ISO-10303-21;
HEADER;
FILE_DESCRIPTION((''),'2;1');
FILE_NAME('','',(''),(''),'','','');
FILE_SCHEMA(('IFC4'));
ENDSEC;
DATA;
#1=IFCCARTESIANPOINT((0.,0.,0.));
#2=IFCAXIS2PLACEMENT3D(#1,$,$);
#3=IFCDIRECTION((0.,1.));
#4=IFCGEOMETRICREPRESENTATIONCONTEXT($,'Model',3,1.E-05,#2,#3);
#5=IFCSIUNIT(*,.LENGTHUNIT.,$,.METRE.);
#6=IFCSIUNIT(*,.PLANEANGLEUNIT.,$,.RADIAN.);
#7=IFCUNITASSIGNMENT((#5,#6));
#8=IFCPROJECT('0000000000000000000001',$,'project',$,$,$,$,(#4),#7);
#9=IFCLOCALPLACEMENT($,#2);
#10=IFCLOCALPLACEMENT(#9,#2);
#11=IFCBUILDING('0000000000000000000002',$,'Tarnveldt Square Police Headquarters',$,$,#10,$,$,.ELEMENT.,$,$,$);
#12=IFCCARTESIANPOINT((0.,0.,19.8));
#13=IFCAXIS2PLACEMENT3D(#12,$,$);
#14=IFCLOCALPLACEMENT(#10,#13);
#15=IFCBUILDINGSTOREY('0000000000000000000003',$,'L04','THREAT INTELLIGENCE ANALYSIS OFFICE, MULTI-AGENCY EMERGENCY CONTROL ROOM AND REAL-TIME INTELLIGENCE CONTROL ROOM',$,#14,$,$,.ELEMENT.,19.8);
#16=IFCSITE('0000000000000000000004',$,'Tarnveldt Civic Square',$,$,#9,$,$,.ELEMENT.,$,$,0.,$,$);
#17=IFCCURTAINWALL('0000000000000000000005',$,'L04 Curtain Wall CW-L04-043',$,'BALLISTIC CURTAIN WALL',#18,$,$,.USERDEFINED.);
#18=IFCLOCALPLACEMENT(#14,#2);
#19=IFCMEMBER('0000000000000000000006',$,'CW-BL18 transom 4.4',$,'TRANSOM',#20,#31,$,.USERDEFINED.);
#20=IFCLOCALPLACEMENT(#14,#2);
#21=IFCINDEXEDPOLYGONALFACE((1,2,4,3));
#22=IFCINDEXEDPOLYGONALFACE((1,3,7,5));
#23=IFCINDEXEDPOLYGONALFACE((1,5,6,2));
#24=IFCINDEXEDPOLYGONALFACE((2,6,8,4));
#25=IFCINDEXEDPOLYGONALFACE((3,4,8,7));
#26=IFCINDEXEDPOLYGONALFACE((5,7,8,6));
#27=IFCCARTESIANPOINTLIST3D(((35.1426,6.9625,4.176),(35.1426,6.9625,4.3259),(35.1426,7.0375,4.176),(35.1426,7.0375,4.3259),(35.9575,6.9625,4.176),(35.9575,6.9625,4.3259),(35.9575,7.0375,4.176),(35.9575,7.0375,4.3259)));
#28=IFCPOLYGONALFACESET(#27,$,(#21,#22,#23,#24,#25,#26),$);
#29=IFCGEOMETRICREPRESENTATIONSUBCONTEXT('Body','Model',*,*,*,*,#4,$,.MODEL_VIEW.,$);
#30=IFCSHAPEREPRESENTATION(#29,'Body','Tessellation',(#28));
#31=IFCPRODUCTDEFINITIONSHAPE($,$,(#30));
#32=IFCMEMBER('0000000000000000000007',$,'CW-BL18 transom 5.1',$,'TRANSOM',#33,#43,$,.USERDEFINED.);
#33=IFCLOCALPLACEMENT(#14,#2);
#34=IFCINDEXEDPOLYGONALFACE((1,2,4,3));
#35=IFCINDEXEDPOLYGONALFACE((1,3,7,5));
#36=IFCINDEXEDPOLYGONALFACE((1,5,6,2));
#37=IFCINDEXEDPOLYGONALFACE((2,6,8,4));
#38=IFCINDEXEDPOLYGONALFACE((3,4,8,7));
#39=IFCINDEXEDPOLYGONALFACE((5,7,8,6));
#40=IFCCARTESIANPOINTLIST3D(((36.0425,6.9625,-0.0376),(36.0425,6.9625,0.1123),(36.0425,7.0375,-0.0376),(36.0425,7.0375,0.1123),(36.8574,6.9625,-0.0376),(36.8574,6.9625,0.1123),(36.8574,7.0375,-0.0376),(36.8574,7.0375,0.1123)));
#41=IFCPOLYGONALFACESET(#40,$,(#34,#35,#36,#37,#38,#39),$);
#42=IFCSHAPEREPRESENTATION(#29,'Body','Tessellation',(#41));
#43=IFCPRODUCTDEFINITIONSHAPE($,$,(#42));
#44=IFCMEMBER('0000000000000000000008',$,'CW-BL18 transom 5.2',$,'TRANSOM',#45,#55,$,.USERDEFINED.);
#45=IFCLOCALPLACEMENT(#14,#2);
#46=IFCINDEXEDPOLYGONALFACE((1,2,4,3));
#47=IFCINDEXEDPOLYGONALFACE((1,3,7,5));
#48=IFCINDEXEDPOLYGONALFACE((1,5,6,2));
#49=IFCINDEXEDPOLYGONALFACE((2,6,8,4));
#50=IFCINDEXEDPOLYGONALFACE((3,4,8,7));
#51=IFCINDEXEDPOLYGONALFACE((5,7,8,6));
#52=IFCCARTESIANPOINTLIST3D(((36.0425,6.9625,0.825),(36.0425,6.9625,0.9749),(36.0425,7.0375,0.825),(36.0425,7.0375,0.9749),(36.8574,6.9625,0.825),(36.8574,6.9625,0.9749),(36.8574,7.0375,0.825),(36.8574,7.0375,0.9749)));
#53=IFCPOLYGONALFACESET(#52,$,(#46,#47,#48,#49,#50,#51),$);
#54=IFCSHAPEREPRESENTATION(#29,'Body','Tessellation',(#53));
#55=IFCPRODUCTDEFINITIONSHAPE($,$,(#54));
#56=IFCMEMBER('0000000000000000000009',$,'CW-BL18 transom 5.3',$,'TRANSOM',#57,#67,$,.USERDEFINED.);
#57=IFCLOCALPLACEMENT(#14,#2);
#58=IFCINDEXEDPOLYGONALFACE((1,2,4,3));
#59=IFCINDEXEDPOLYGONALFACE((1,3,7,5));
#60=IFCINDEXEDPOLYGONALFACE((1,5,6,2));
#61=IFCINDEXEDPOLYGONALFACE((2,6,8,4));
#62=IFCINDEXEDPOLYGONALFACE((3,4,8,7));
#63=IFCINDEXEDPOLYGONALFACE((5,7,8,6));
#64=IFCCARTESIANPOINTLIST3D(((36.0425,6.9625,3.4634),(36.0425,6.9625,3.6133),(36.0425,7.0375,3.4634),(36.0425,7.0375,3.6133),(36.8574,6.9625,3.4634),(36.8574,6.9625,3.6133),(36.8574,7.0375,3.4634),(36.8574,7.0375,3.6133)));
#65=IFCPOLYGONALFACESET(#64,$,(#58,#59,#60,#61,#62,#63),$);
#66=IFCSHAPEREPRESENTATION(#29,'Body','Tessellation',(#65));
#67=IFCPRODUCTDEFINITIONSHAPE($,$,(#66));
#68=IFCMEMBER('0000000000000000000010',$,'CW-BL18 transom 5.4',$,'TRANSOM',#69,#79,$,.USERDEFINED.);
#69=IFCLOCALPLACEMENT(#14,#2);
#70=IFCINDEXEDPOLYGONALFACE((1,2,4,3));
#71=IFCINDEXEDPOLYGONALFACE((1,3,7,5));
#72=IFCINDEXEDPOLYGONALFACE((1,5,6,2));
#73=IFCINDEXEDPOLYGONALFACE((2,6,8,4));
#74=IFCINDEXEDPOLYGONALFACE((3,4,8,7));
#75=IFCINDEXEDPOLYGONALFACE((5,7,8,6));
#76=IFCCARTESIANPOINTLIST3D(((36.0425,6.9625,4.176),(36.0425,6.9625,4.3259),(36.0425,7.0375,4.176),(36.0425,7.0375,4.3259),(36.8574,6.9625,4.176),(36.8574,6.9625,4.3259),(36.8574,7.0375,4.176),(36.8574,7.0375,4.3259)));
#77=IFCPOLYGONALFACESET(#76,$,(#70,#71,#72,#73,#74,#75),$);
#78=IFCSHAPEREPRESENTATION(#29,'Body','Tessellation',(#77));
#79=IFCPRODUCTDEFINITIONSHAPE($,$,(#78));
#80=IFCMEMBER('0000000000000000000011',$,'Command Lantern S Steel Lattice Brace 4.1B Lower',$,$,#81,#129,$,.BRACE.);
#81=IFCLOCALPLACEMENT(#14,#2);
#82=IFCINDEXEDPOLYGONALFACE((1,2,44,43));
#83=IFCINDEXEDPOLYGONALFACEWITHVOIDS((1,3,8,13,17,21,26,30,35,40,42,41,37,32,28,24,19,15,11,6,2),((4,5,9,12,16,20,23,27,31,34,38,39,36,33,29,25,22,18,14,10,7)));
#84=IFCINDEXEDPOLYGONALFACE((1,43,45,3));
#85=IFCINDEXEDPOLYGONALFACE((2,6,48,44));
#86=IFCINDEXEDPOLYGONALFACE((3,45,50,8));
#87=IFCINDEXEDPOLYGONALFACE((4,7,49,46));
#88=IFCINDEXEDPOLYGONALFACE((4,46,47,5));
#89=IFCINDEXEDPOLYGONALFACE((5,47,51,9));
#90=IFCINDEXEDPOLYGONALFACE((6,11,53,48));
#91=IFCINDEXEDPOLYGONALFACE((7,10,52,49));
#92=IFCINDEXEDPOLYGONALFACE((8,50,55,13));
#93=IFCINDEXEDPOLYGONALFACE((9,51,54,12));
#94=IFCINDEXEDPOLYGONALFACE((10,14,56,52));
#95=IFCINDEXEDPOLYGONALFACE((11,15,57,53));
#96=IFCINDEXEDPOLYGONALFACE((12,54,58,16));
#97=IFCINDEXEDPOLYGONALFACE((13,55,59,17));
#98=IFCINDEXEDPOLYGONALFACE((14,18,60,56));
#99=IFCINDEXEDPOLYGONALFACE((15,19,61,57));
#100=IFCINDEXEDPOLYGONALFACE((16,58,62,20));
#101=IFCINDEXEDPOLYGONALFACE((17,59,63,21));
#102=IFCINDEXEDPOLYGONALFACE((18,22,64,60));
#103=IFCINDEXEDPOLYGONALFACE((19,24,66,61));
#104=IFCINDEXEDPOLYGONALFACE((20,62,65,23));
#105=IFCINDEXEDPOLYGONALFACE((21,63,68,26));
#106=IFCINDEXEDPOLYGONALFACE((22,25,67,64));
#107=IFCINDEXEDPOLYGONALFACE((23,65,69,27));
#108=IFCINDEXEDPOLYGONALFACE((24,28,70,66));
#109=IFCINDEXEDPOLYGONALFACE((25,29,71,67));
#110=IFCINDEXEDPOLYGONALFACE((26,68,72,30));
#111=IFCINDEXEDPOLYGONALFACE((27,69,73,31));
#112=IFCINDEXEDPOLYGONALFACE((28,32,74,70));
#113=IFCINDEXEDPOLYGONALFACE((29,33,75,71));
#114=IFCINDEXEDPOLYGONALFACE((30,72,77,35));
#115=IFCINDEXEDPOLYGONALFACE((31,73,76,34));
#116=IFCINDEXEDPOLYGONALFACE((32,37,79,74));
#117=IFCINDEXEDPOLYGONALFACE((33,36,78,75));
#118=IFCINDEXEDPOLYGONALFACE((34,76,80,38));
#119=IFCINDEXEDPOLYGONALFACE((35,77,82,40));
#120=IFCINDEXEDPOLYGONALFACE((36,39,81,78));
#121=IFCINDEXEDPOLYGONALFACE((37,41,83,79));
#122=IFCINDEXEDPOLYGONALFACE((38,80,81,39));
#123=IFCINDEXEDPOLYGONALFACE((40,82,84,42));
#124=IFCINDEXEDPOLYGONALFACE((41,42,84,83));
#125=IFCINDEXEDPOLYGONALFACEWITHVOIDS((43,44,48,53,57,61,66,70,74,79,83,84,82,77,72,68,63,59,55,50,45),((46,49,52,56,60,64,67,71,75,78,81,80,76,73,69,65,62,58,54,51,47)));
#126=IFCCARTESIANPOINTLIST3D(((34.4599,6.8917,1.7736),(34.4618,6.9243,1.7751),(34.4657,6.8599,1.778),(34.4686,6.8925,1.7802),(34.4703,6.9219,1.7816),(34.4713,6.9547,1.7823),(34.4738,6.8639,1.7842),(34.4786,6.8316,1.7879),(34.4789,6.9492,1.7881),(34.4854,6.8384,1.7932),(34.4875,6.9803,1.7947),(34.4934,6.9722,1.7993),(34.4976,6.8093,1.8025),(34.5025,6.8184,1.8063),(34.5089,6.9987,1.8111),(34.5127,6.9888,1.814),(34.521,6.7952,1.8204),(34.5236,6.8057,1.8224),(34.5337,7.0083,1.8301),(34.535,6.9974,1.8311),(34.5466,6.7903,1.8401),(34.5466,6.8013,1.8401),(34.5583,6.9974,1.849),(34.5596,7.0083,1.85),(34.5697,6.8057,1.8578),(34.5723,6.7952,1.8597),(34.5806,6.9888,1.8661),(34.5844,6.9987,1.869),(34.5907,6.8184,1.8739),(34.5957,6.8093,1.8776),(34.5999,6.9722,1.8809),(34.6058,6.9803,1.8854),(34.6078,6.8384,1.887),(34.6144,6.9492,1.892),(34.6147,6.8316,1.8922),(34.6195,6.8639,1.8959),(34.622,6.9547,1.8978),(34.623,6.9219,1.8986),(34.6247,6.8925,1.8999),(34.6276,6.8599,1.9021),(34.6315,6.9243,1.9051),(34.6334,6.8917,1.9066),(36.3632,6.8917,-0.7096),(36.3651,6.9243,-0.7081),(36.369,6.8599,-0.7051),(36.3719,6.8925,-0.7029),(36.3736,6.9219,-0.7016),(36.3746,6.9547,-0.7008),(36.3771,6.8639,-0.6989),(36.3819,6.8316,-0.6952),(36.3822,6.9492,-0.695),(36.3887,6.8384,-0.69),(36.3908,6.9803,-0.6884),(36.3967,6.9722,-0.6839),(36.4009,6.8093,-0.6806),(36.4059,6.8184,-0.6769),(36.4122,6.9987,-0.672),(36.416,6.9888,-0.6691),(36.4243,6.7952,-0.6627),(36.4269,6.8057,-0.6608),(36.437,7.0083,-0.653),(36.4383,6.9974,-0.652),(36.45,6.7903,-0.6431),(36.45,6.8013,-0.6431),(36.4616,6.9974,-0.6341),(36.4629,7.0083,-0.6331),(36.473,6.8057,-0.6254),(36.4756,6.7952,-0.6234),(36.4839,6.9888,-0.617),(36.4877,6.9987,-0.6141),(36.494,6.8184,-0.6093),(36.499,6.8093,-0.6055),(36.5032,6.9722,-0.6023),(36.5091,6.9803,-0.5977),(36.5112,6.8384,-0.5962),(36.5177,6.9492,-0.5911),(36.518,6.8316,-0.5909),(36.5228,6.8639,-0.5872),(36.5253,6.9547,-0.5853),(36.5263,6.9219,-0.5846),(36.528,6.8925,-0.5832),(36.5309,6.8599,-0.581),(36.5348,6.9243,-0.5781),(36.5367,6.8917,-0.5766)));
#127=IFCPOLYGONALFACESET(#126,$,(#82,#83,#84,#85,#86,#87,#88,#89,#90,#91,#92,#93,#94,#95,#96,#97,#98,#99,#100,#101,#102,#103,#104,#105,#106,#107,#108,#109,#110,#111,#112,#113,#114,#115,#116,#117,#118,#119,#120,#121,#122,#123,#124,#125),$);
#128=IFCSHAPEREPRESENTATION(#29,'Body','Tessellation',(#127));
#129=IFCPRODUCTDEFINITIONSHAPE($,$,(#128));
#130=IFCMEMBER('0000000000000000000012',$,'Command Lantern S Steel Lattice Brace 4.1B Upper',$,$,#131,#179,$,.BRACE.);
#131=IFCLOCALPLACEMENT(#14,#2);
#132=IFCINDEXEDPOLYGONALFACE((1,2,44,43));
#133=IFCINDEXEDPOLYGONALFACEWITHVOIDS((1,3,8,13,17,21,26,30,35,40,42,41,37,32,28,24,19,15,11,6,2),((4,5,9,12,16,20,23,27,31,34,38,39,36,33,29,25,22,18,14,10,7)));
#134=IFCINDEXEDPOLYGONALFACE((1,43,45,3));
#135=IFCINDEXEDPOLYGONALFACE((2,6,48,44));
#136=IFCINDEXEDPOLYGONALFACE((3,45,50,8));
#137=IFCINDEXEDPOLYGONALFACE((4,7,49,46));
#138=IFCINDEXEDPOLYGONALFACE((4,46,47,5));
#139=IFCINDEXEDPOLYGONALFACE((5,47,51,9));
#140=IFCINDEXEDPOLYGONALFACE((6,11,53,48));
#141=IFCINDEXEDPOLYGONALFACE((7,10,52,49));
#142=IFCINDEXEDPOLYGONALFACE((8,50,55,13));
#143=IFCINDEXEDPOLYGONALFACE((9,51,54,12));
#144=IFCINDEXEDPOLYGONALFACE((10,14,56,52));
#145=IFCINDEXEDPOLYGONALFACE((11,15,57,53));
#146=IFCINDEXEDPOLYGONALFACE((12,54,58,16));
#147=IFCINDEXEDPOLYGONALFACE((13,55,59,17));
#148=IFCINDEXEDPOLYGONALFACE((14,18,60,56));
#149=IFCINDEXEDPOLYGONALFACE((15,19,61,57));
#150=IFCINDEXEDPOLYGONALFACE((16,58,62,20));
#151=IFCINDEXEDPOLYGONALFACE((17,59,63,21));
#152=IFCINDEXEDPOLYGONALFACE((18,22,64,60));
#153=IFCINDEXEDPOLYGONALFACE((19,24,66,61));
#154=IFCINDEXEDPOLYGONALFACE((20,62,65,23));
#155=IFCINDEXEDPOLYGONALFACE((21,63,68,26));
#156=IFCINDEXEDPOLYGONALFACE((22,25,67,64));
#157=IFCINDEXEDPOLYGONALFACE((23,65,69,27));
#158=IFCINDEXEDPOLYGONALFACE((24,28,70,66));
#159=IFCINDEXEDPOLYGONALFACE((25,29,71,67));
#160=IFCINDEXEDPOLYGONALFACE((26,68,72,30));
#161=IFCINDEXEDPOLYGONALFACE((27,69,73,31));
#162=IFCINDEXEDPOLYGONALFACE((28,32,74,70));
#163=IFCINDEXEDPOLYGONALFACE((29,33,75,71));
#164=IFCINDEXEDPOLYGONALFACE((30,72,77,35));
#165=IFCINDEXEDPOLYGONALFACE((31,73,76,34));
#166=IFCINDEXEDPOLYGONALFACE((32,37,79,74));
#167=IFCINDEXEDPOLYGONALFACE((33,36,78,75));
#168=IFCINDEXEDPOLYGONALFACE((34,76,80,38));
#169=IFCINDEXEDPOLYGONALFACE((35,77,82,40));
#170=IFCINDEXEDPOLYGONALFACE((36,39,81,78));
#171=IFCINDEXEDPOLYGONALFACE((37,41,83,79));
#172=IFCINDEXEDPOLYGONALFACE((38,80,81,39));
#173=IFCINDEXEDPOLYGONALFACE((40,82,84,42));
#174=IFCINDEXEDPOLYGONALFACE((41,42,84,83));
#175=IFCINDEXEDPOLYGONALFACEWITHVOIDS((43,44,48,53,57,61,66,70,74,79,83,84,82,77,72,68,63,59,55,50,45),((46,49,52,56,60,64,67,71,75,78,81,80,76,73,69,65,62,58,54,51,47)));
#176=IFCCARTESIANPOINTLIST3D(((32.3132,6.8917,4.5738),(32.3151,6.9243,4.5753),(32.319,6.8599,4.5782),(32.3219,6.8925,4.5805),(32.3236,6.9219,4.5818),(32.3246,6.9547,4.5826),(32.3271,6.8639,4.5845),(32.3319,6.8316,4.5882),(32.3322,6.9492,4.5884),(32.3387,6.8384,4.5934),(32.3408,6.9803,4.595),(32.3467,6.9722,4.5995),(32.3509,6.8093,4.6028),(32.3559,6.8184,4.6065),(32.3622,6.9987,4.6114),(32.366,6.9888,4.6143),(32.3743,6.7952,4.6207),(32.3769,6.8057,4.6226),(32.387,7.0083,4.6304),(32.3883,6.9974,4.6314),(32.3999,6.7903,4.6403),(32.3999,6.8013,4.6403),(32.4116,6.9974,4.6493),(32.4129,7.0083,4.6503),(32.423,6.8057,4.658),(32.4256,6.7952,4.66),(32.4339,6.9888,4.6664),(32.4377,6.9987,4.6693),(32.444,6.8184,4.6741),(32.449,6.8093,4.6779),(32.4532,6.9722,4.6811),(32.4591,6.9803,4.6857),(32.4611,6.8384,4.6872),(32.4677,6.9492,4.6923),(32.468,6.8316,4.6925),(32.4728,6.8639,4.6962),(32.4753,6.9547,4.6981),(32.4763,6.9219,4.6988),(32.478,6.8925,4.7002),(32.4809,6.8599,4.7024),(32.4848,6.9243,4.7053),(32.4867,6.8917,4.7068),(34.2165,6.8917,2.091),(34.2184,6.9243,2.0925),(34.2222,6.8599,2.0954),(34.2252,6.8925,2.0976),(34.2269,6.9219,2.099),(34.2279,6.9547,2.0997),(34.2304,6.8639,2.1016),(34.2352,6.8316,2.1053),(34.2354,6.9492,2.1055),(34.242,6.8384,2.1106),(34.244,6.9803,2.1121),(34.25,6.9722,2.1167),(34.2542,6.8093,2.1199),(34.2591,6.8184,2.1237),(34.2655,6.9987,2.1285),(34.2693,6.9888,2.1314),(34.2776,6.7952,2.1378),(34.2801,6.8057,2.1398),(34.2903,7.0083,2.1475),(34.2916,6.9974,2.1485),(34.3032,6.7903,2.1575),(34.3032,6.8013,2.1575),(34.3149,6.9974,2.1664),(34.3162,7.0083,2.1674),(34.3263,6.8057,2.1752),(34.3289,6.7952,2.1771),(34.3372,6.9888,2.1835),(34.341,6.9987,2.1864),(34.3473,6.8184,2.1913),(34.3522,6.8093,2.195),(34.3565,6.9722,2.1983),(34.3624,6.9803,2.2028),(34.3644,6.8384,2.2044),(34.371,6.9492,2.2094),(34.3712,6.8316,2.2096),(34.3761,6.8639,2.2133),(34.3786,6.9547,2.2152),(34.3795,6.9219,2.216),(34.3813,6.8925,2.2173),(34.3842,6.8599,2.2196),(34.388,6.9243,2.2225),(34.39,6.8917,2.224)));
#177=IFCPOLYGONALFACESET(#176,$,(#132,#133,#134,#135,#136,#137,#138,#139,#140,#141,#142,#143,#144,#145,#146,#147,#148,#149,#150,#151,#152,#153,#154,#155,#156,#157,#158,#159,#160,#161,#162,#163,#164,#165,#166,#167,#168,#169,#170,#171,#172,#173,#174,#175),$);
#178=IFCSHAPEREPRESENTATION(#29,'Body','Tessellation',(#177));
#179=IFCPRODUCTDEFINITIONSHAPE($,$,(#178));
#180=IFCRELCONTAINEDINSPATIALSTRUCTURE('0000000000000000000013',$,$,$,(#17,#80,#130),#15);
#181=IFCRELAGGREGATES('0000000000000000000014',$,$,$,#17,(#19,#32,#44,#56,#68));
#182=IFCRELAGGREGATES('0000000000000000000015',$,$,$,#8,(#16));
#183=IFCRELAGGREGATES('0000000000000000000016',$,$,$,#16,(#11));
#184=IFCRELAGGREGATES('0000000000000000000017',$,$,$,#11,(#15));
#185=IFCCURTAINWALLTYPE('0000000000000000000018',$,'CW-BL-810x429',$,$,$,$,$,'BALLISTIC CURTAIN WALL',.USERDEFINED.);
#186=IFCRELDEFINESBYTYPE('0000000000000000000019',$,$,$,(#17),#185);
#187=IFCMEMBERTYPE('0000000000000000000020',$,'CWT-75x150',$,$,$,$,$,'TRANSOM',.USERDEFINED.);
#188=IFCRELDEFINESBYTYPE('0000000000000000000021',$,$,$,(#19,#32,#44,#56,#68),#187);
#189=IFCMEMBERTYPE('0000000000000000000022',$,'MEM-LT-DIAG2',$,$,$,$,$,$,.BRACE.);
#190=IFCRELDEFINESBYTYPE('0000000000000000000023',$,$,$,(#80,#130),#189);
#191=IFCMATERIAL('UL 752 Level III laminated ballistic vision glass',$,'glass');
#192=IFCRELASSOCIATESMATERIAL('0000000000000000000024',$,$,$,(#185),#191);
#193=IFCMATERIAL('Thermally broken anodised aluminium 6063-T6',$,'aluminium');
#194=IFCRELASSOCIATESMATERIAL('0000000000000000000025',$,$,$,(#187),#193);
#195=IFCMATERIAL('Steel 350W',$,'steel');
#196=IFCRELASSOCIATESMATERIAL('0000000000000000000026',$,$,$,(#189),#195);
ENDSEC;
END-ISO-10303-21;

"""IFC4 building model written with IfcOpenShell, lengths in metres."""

from ifc_helpers import new_model, si_unit, direction, frame, origin, origin_2d, place, context, subcontext, project, spatial, rectangle, hollow_circle, extrude, material, material_profile, profile_set, type_object, element, aggregate, save


model = new_model("IFC4")

# Units and contexts
model_context = context("Model", 3, precision=1e-05, world=origin(), true_north=direction((0.0, 1.0)))
body_context = subcontext(model_context, "Body", "Model", "MODEL_VIEW")
ifc_project = project(units=[si_unit("LENGTHUNIT", "METRE"), si_unit("PLANEANGLEUNIT", "RADIAN")], contexts=[model_context])

# Site, building, storey
site_placement = place(None, origin())
site = spatial("IfcSite", under=ifc_project, at=site_placement, Name="Tarnveldt Civic Square", CompositionType="ELEMENT", RefElevation=0.0)
building_placement = place(site_placement, origin())
building = spatial("IfcBuilding", under=site, at=building_placement, Name="Tarnveldt Square Police Headquarters", CompositionType="ELEMENT")
storey_placement = place(building_placement, frame((0.0, 0.0, 19.8)))
storey = spatial("IfcBuildingStorey", under=building, at=storey_placement, Name="L04", Description="THREAT INTELLIGENCE ANALYSIS OFFICE, MULTI-AGENCY EMERGENCY CONTROL ROOM AND REAL-TIME INTELLIGENCE CONTROL ROOM", CompositionType="ELEMENT", Elevation=19.8)

# Curtain wall, members
ifc_material_1 = material(Name="UL 752 Level III laminated ballistic vision glass", Category="glass")
curtain_wall_type = type_object("IfcCurtainWallType", Name="CW-BL-810x429", ElementType="BALLISTIC CURTAIN WALL", PredefinedType="USERDEFINED", material=ifc_material_1)
curtain_wall_placement = place(storey_placement, origin())
curtain_wall = element("IfcCurtainWall", 1, at=curtain_wall_placement, inside=storey, type_object=curtain_wall_type, Name="L04 Curtain Wall CW-L04-043", ObjectType="BALLISTIC CURTAIN WALL", PredefinedType="USERDEFINED")
ifc_material_2 = material(Name="Thermally broken anodised aluminium 6063-T6", Category="aluminium")
ifc_material_profile_1 = material_profile(ifc_material_2, rectangle(XDim=0.075, YDim=0.1499, at=origin_2d()), Name="CW-T75x150")
ifc_profile_set_1 = profile_set([ifc_material_profile_1], Name="Thermally broken anodised aluminium 6063-T6")
member_type_1 = type_object("IfcMemberType", Name="CWT-75x150", ElementType="TRANSOM", PredefinedType="USERDEFINED", material=ifc_profile_set_1)
member_1_placement = place(storey_placement, frame((35.1426, 7.0, 4.251), z_axis=(1.0, 0.0, 0.0), x_axis=(0.0, 1.0, 0.0)))
member_1 = element("IfcMember", 2, at=member_1_placement, type_object=member_type_1, Name="CW-BL18 transom 4.4", ObjectType="TRANSOM", PredefinedType="USERDEFINED", context=body_context, shape_type="SweptSolid", body=[
    extrude(rectangle(XDim=0.075, YDim=0.1499, at=origin_2d()), origin(), (0.0, 0.0, 1.0), 0.8149),
])
member_2_placement = place(storey_placement, frame((36.0425, 7.0, 0.0374), z_axis=(1.0, 0.0, 0.0), x_axis=(0.0, 1.0, 0.0)))
member_2 = element("IfcMember", 3, at=member_2_placement, type_object=member_type_1, Name="CW-BL18 transom 5.1", ObjectType="TRANSOM", PredefinedType="USERDEFINED", context=body_context, shape_type="SweptSolid", body=[
    extrude(rectangle(XDim=0.075, YDim=0.1499, at=origin_2d()), origin(), (0.0, 0.0, 1.0), 0.8149),
])
member_3_placement = place(storey_placement, frame((36.0425, 7.0, 0.8999), z_axis=(1.0, 0.0, 0.0), x_axis=(0.0, 1.0, 0.0)))
member_3 = element("IfcMember", 4, at=member_3_placement, type_object=member_type_1, Name="CW-BL18 transom 5.2", ObjectType="TRANSOM", PredefinedType="USERDEFINED", context=body_context, shape_type="SweptSolid", body=[
    extrude(rectangle(XDim=0.075, YDim=0.1499, at=origin_2d()), origin(), (0.0, 0.0, 1.0), 0.8149),
])
member_4_placement = place(storey_placement, frame((36.0425, 7.0, 3.5383), z_axis=(1.0, 0.0, 0.0), x_axis=(0.0, 1.0, 0.0)))
member_4 = element("IfcMember", 5, at=member_4_placement, type_object=member_type_1, Name="CW-BL18 transom 5.3", ObjectType="TRANSOM", PredefinedType="USERDEFINED", context=body_context, shape_type="SweptSolid", body=[
    extrude(rectangle(XDim=0.075, YDim=0.1499, at=origin_2d()), origin(), (0.0, 0.0, 1.0), 0.8149),
])
member_5_placement = place(storey_placement, frame((36.0425, 7.0, 4.251), z_axis=(1.0, 0.0, 0.0), x_axis=(0.0, 1.0, 0.0)))
member_5 = element("IfcMember", 6, at=member_5_placement, type_object=member_type_1, Name="CW-BL18 transom 5.4", ObjectType="TRANSOM", PredefinedType="USERDEFINED", context=body_context, shape_type="SweptSolid", body=[
    extrude(rectangle(XDim=0.075, YDim=0.1499, at=origin_2d()), origin(), (0.0, 0.0, 1.0), 0.8149),
])

# Members
ifc_material_3 = material(Name="Steel 350W", Category="steel")
ifc_material_profile_2 = material_profile(ifc_material_3, hollow_circle(Radius=0.1096, WallThickness=0.011, at=origin_2d()), Name="HSS219x11")
ifc_profile_set_2 = profile_set([ifc_material_profile_2], Name="Steel 350W")
member_type_2 = type_object("IfcMemberType", Name="MEM-LT-DIAG2", PredefinedType="BRACE", material=ifc_profile_set_2)
member_6_placement = place(storey_placement, frame((36.45, 6.8999, -0.6431), z_axis=(-0.608345, 0.0, 0.793673), x_axis=(0.0, -1.0, 0.0)))
element("IfcMember", 7, at=member_6_placement, inside=storey, type_object=member_type_2, Name="Command Lantern S Steel Lattice Brace 4.1B Lower", PredefinedType="BRACE", context=body_context, shape_type="SweptSolid", body=[
    extrude(hollow_circle(Radius=0.1096, WallThickness=0.011, at=origin_2d()), origin(), (0.0, 0.0, 1.0), 3.1287),
])
member_7_placement = place(storey_placement, frame((34.3032, 6.8999, 2.1575), z_axis=(-0.608382, 0.0, 0.793644), x_axis=(0.0, -1.0, 0.0)))
element("IfcMember", 8, at=member_7_placement, inside=storey, type_object=member_type_2, Name="Command Lantern S Steel Lattice Brace 4.1B Upper", PredefinedType="BRACE", context=body_context, shape_type="SweptSolid", body=[
    extrude(hollow_circle(Radius=0.1096, WallThickness=0.011, at=origin_2d()), origin(), (0.0, 0.0, 1.0), 3.1284),
])

aggregate(curtain_wall, [member_1, member_2, member_3, member_4, member_5])

save(model, "model.ifc")
